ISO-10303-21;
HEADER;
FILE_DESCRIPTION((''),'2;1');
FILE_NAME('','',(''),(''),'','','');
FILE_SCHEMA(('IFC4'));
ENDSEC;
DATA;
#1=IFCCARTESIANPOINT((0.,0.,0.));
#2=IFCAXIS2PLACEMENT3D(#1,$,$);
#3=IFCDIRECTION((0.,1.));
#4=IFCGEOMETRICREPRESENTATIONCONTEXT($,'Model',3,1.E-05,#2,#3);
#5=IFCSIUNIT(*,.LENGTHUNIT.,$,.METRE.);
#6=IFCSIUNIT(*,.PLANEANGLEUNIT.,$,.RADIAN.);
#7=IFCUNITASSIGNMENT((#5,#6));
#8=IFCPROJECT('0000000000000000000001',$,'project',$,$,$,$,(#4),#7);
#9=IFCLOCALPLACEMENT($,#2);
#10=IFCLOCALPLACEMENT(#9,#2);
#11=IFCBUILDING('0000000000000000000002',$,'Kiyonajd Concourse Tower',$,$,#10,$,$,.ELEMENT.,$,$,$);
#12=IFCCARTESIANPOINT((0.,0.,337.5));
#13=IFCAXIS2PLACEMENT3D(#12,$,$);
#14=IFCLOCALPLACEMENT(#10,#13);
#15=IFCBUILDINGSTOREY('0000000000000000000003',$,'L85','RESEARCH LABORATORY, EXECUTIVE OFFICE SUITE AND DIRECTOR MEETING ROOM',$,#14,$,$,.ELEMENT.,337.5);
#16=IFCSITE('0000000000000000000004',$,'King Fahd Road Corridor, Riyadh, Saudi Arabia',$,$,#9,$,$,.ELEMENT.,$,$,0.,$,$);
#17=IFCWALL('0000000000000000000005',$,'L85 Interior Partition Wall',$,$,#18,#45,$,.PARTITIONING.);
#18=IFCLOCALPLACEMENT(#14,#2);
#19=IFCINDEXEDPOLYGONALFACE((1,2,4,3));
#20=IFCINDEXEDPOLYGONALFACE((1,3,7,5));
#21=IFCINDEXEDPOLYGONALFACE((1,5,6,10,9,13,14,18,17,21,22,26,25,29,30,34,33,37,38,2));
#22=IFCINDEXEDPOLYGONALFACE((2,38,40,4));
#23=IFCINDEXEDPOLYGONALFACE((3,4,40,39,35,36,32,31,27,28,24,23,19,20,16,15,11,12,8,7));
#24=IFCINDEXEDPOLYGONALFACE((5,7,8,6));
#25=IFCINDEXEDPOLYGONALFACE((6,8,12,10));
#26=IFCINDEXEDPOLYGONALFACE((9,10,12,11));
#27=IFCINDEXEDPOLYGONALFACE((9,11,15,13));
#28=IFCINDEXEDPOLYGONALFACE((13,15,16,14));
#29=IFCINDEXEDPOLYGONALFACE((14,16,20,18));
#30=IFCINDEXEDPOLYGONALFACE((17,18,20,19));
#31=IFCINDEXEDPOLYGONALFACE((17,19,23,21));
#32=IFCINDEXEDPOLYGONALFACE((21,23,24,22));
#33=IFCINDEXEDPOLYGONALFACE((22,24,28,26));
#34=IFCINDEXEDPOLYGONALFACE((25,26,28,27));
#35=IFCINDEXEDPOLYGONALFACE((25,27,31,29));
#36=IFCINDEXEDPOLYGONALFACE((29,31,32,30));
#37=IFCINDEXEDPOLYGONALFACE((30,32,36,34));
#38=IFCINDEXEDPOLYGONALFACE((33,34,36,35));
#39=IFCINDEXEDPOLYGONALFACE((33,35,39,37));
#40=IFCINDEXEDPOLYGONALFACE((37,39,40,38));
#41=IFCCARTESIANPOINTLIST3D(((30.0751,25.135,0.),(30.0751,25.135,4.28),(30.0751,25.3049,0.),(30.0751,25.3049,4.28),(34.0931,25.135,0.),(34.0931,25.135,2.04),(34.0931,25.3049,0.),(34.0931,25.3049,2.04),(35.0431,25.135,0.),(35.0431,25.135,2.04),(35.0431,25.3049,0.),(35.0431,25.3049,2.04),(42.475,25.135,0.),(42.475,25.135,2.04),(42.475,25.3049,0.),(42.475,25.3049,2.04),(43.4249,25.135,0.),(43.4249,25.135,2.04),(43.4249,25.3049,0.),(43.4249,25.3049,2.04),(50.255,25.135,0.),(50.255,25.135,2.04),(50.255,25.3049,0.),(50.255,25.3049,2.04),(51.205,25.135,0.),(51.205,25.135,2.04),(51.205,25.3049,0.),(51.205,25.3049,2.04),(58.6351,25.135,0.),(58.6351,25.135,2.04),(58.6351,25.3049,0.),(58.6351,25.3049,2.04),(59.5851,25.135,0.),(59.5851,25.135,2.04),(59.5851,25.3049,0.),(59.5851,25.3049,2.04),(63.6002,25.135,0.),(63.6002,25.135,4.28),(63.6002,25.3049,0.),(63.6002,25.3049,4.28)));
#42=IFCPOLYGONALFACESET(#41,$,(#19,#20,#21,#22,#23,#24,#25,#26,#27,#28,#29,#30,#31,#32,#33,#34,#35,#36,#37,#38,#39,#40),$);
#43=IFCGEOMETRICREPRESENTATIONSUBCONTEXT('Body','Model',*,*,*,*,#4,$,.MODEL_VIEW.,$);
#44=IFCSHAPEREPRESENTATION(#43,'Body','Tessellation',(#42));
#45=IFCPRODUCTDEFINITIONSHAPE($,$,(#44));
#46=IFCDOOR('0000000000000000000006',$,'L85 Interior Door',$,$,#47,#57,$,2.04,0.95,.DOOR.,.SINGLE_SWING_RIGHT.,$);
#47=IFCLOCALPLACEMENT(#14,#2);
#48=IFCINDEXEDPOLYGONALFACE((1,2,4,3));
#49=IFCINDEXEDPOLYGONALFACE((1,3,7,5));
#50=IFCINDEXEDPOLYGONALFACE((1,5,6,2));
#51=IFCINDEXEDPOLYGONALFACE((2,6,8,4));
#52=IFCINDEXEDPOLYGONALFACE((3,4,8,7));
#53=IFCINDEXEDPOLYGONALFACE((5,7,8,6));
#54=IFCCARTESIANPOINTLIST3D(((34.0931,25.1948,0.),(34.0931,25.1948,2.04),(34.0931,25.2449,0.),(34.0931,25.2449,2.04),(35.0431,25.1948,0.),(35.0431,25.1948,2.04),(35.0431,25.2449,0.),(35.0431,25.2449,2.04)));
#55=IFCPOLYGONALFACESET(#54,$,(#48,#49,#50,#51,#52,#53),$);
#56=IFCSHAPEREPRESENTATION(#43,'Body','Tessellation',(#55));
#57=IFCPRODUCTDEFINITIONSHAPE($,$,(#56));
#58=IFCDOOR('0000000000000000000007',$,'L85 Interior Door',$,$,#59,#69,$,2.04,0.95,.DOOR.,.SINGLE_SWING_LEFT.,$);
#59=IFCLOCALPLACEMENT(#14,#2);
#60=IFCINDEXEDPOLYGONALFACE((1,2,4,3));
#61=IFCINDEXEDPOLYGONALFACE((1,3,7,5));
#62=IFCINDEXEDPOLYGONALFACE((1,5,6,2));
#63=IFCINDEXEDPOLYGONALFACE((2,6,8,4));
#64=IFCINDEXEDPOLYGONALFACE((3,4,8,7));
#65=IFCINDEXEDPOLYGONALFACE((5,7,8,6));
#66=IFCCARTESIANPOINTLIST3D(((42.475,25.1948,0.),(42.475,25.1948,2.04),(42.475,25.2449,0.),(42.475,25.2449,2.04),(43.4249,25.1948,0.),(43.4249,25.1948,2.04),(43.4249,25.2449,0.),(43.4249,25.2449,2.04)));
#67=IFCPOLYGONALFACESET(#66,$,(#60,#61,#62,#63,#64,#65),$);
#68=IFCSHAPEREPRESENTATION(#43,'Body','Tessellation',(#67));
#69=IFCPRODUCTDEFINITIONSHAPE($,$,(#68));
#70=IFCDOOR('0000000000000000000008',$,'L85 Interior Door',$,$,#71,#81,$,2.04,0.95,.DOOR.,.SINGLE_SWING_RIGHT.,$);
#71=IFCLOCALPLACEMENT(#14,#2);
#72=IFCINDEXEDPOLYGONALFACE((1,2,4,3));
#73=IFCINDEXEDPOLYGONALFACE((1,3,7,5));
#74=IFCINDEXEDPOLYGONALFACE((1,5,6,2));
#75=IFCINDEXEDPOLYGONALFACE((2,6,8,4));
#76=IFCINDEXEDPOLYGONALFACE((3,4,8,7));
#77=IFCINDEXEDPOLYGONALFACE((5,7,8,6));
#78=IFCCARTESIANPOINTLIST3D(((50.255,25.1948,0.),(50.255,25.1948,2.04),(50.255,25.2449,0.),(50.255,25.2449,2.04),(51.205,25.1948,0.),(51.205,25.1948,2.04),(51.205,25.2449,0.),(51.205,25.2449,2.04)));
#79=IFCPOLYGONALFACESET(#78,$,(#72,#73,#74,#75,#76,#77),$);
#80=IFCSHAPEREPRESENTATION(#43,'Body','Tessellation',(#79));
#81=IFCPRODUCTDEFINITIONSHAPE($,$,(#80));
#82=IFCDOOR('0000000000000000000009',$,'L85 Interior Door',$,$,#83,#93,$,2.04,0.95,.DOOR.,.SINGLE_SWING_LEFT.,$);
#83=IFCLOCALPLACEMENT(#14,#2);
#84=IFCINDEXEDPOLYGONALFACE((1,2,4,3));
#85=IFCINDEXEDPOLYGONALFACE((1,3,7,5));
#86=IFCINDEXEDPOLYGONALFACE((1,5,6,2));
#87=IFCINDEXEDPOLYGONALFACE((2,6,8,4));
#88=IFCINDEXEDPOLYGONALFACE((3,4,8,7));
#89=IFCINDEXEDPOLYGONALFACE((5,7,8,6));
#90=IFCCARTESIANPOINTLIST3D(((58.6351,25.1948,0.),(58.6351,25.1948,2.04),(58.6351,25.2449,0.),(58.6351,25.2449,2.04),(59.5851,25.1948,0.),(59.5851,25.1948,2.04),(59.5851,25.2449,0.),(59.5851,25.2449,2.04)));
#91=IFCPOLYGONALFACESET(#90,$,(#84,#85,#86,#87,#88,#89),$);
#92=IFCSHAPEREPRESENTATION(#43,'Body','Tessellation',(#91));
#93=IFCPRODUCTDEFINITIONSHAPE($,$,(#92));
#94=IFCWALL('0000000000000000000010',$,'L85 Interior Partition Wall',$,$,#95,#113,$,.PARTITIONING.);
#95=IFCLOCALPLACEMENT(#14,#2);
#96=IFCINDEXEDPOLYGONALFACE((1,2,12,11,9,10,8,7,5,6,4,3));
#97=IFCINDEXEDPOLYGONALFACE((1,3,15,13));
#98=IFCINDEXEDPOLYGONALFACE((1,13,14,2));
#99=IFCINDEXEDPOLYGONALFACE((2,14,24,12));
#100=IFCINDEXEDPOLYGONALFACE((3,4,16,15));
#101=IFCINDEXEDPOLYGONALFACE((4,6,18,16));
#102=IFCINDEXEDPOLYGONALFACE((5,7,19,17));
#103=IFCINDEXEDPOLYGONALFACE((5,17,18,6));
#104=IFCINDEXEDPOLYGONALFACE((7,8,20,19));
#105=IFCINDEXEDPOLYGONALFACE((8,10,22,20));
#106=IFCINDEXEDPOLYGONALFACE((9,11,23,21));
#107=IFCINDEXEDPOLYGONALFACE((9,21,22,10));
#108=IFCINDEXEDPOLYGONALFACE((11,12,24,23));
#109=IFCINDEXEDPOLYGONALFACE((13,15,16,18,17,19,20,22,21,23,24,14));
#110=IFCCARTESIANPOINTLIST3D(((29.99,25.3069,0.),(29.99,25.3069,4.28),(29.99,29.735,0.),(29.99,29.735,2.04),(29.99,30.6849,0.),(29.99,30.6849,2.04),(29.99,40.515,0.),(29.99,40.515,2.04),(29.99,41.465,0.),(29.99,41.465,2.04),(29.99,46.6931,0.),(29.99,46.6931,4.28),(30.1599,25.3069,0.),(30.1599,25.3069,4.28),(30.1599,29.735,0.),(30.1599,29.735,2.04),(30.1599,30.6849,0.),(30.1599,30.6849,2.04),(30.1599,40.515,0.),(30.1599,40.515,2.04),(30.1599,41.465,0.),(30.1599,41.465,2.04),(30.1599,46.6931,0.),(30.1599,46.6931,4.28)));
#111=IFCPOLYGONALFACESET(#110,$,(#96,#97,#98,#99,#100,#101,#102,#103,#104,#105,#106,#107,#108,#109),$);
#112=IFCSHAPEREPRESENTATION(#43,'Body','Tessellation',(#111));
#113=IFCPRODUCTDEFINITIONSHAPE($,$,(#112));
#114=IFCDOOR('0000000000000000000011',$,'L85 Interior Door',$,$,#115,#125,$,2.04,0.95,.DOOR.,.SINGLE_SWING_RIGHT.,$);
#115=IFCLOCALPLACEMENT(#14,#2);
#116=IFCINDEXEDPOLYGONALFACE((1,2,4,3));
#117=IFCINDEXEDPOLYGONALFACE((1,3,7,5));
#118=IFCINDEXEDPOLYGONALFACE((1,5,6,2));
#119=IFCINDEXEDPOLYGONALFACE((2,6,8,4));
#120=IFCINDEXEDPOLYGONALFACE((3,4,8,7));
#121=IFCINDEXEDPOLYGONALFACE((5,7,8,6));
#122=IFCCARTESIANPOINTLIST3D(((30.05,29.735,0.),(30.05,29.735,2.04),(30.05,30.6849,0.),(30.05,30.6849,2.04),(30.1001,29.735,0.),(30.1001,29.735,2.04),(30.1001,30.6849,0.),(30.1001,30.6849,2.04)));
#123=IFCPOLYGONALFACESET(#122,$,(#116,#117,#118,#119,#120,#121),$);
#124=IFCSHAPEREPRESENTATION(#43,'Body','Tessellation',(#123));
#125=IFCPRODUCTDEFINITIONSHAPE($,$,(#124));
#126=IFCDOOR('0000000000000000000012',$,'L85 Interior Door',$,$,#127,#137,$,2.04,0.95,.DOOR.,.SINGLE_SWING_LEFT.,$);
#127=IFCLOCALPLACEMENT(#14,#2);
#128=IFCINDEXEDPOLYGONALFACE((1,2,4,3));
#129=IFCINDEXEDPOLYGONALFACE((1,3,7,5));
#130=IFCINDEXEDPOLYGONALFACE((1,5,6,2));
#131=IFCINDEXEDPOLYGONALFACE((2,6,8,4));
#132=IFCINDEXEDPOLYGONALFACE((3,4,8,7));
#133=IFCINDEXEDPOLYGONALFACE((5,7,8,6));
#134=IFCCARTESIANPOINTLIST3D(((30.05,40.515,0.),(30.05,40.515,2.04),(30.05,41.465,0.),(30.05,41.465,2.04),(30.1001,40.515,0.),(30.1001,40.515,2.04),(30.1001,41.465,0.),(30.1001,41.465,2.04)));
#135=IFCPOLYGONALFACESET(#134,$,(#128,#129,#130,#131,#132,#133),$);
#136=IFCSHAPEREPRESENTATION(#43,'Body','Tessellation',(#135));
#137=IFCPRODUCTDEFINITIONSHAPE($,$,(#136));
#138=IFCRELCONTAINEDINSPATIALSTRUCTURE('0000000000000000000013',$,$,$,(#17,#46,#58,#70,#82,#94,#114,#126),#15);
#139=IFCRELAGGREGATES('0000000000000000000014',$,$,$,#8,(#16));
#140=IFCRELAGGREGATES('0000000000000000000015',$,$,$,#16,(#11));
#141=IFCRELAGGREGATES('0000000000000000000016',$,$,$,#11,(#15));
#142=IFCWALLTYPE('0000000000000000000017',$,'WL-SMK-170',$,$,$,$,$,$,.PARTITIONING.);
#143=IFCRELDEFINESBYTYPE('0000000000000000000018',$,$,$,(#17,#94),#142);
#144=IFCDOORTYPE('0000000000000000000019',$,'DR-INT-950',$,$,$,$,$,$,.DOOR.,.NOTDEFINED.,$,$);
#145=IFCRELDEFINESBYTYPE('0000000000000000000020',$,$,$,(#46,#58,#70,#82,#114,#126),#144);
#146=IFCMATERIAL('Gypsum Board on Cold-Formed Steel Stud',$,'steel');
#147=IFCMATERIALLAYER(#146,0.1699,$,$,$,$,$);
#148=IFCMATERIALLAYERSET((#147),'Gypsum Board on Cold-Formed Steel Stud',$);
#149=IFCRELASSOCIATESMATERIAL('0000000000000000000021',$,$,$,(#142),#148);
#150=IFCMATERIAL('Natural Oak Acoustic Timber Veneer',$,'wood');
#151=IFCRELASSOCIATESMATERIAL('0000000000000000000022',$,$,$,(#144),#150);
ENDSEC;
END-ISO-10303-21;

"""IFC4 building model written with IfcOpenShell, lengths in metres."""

from ifc_helpers import new_model, si_unit, direction, frame, frame_2d, origin, place, context, subcontext, project, spatial, rectangle, extrude, material, layer, layer_set, type_object, element, fill, save


model = new_model("IFC4")

# Units and contexts
model_context = context("Model", 3, precision=1e-05, world=origin(), true_north=direction((0.0, 1.0)))
body_context = subcontext(model_context, "Body", "Model", "MODEL_VIEW")
ifc_project = project(units=[si_unit("LENGTHUNIT", "METRE"), si_unit("PLANEANGLEUNIT", "RADIAN")], contexts=[model_context])

# Site, building, storey
site_placement = place(None, origin())
site = spatial("IfcSite", under=ifc_project, at=site_placement, Name="King Fahd Road Corridor, Riyadh, Saudi Arabia", CompositionType="ELEMENT", RefElevation=0.0)
building_placement = place(site_placement, origin())
building = spatial("IfcBuilding", under=site, at=building_placement, Name="Kiyonajd Concourse Tower", CompositionType="ELEMENT")
storey_placement = place(building_placement, frame((0.0, 0.0, 337.5)))
storey = spatial("IfcBuildingStorey", under=building, at=storey_placement, Name="L85", Description="RESEARCH LABORATORY, EXECUTIVE OFFICE SUITE AND DIRECTOR MEETING ROOM", CompositionType="ELEMENT", Elevation=337.5)

# Walls, openings, doors
ifc_material_1 = material(Name="Gypsum Board on Cold-Formed Steel Stud", Category="steel")
ifc_layer_1 = layer(ifc_material_1, 0.1699)
ifc_layer_set_1 = layer_set([ifc_layer_1], Name="Gypsum Board on Cold-Formed Steel Stud")
wall_type_1 = type_object("IfcWallType", Name="WL-SMK-170", PredefinedType="PARTITIONING", material=ifc_layer_set_1)
wall_1_placement = place(storey_placement, frame((30.075, 25.22, 0.0), z_axis=(0.0, 0.0, 1.0), x_axis=(1.0, 0.0, 0.0)))
wall_1 = element("IfcWall", 1, at=wall_1_placement, inside=storey, type_object=wall_type_1, Name="L85 Interior Partition Wall", PredefinedType="PARTITIONING", context=body_context, shape_type="SweptSolid", body=[
    extrude(rectangle(XDim=33.5251, YDim=0.1699, at=frame_2d((16.7627, 0.0))), origin(), (0.0, 0.0, 1.0), 4.28),
])
opening_1_placement = place(wall_1_placement, frame((4.0181, 0.0, 0.0)))
opening_1 = element("IfcOpeningElement", 2, at=opening_1_placement, cuts=wall_1, PredefinedType="OPENING", context=body_context, shape_type="SweptSolid", body=[
    extrude(rectangle(XDim=0.95, YDim=2.04, at=frame_2d((0.4751, 1.02))), frame((0.0, 0.095, 0.0), z_axis=(0.0, -1.0, 0.0), x_axis=(1.0, 0.0, 0.0)), (0.0, 0.0, 1.0), 0.1899),
])
opening_2_placement = place(wall_1_placement, frame((12.3999, 0.0, 0.0)))
opening_2 = element("IfcOpeningElement", 3, at=opening_2_placement, cuts=wall_1, PredefinedType="OPENING", context=body_context, shape_type="SweptSolid", body=[
    extrude(rectangle(XDim=0.95, YDim=2.04, at=frame_2d((0.4751, 1.02))), frame((0.0, 0.095, 0.0), z_axis=(0.0, -1.0, 0.0), x_axis=(1.0, 0.0, 0.0)), (0.0, 0.0, 1.0), 0.1899),
])
opening_3_placement = place(wall_1_placement, frame((20.1799, 0.0, 0.0)))
opening_3 = element("IfcOpeningElement", 4, at=opening_3_placement, cuts=wall_1, PredefinedType="OPENING", context=body_context, shape_type="SweptSolid", body=[
    extrude(rectangle(XDim=0.95, YDim=2.04, at=frame_2d((0.4751, 1.02))), frame((0.0, 0.095, 0.0), z_axis=(0.0, -1.0, 0.0), x_axis=(1.0, 0.0, 0.0)), (0.0, 0.0, 1.0), 0.1899),
])
opening_4_placement = place(wall_1_placement, frame((28.5601, 0.0, 0.0)))
opening_4 = element("IfcOpeningElement", 5, at=opening_4_placement, cuts=wall_1, PredefinedType="OPENING", context=body_context, shape_type="SweptSolid", body=[
    extrude(rectangle(XDim=0.95, YDim=2.04, at=frame_2d((0.4751, 1.02))), frame((0.0, 0.095, 0.0), z_axis=(0.0, -1.0, 0.0), x_axis=(1.0, 0.0, 0.0)), (0.0, 0.0, 1.0), 0.1899),
])
ifc_material_2 = material(Name="Natural Oak Acoustic Timber Veneer", Category="wood")
door_type_1 = type_object("IfcDoorType", Name="DR-INT-950", OperationType="NOTDEFINED", PredefinedType="DOOR", material=ifc_material_2)
door_1_placement = place(opening_1_placement, origin())
door_1 = element("IfcDoor", 6, at=door_1_placement, inside=storey, type_object=door_type_1, Name="L85 Interior Door", OperationType="SINGLE_SWING_RIGHT", OverallHeight=2.04, OverallWidth=0.95, PredefinedType="DOOR", context=body_context, shape_type="SweptSolid", body=[
    extrude(rectangle(XDim=0.95, YDim=2.04, at=frame_2d((0.4751, 1.02))), frame((0.0, 0.0249, 0.0), z_axis=(0.0, -1.0, 0.0), x_axis=(1.0, 0.0, 0.0)), (0.0, 0.0, 1.0), 0.05),
])
fill(opening_1, door_1)
door_2_placement = place(opening_2_placement, origin())
door_2 = element("IfcDoor", 7, at=door_2_placement, inside=storey, type_object=door_type_1, Name="L85 Interior Door", OperationType="SINGLE_SWING_LEFT", OverallHeight=2.04, OverallWidth=0.95, PredefinedType="DOOR", context=body_context, shape_type="SweptSolid", body=[
    extrude(rectangle(XDim=0.95, YDim=2.04, at=frame_2d((0.4751, 1.02))), frame((0.0, 0.0249, 0.0), z_axis=(0.0, -1.0, 0.0), x_axis=(1.0, 0.0, 0.0)), (0.0, 0.0, 1.0), 0.05),
])
fill(opening_2, door_2)
door_3_placement = place(opening_3_placement, origin())
door_3 = element("IfcDoor", 8, at=door_3_placement, inside=storey, type_object=door_type_1, Name="L85 Interior Door", OperationType="SINGLE_SWING_RIGHT", OverallHeight=2.04, OverallWidth=0.95, PredefinedType="DOOR", context=body_context, shape_type="SweptSolid", body=[
    extrude(rectangle(XDim=0.95, YDim=2.04, at=frame_2d((0.4751, 1.02))), frame((0.0, 0.0249, 0.0), z_axis=(0.0, -1.0, 0.0), x_axis=(1.0, 0.0, 0.0)), (0.0, 0.0, 1.0), 0.05),
])
fill(opening_3, door_3)
door_4_placement = place(opening_4_placement, origin())
door_4 = element("IfcDoor", 9, at=door_4_placement, inside=storey, type_object=door_type_1, Name="L85 Interior Door", OperationType="SINGLE_SWING_LEFT", OverallHeight=2.04, OverallWidth=0.95, PredefinedType="DOOR", context=body_context, shape_type="SweptSolid", body=[
    extrude(rectangle(XDim=0.95, YDim=2.04, at=frame_2d((0.4751, 1.02))), frame((0.0, 0.0249, 0.0), z_axis=(0.0, -1.0, 0.0), x_axis=(1.0, 0.0, 0.0)), (0.0, 0.0, 1.0), 0.05),
])
fill(opening_4, door_4)
wall_2_placement = place(storey_placement, frame((30.075, 25.3069, 0.0), z_axis=(0.0, 0.0, 1.0), x_axis=(0.0, 1.0, 0.0)))
wall_2 = element("IfcWall", 10, at=wall_2_placement, inside=storey, type_object=wall_type_1, Name="L85 Interior Partition Wall", PredefinedType="PARTITIONING", context=body_context, shape_type="SweptSolid", body=[
    extrude(rectangle(XDim=21.3862, YDim=0.1699, at=frame_2d((10.6931, 0.0))), origin(), (0.0, 0.0, 1.0), 4.28),
])
opening_5_placement = place(wall_2_placement, frame((4.428, 0.0, 0.0)))
opening_5 = element("IfcOpeningElement", 11, at=opening_5_placement, cuts=wall_2, PredefinedType="OPENING", context=body_context, shape_type="SweptSolid", body=[
    extrude(rectangle(XDim=0.95, YDim=2.04, at=frame_2d((0.4751, 1.02))), frame((0.0, 0.095, 0.0), z_axis=(0.0, -1.0, 0.0), x_axis=(1.0, 0.0, 0.0)), (0.0, 0.0, 1.0), 0.1899),
])
opening_6_placement = place(wall_2_placement, frame((15.208, 0.0, 0.0)))
opening_6 = element("IfcOpeningElement", 12, at=opening_6_placement, cuts=wall_2, PredefinedType="OPENING", context=body_context, shape_type="SweptSolid", body=[
    extrude(rectangle(XDim=0.95, YDim=2.04, at=frame_2d((0.4751, 1.02))), frame((0.0, 0.095, 0.0), z_axis=(0.0, -1.0, 0.0), x_axis=(1.0, 0.0, 0.0)), (0.0, 0.0, 1.0), 0.1899),
])
door_5_placement = place(opening_5_placement, origin())
door_5 = element("IfcDoor", 13, at=door_5_placement, inside=storey, type_object=door_type_1, Name="L85 Interior Door", OperationType="SINGLE_SWING_RIGHT", OverallHeight=2.04, OverallWidth=0.95, PredefinedType="DOOR", context=body_context, shape_type="SweptSolid", body=[
    extrude(rectangle(XDim=0.95, YDim=2.04, at=frame_2d((0.4751, 1.02))), frame((0.0, 0.0249, 0.0), z_axis=(0.0, -1.0, 0.0), x_axis=(1.0, 0.0, 0.0)), (0.0, 0.0, 1.0), 0.05),
])
fill(opening_5, door_5)
door_6_placement = place(opening_6_placement, origin())
door_6 = element("IfcDoor", 14, at=door_6_placement, inside=storey, type_object=door_type_1, Name="L85 Interior Door", OperationType="SINGLE_SWING_LEFT", OverallHeight=2.04, OverallWidth=0.95, PredefinedType="DOOR", context=body_context, shape_type="SweptSolid", body=[
    extrude(rectangle(XDim=0.95, YDim=2.04, at=frame_2d((0.4751, 1.02))), frame((0.0, 0.0249, 0.0), z_axis=(0.0, -1.0, 0.0), x_axis=(1.0, 0.0, 0.0)), (0.0, 0.0, 1.0), 0.05),
])
fill(opening_6, door_6)

save(model, "model.ifc")
